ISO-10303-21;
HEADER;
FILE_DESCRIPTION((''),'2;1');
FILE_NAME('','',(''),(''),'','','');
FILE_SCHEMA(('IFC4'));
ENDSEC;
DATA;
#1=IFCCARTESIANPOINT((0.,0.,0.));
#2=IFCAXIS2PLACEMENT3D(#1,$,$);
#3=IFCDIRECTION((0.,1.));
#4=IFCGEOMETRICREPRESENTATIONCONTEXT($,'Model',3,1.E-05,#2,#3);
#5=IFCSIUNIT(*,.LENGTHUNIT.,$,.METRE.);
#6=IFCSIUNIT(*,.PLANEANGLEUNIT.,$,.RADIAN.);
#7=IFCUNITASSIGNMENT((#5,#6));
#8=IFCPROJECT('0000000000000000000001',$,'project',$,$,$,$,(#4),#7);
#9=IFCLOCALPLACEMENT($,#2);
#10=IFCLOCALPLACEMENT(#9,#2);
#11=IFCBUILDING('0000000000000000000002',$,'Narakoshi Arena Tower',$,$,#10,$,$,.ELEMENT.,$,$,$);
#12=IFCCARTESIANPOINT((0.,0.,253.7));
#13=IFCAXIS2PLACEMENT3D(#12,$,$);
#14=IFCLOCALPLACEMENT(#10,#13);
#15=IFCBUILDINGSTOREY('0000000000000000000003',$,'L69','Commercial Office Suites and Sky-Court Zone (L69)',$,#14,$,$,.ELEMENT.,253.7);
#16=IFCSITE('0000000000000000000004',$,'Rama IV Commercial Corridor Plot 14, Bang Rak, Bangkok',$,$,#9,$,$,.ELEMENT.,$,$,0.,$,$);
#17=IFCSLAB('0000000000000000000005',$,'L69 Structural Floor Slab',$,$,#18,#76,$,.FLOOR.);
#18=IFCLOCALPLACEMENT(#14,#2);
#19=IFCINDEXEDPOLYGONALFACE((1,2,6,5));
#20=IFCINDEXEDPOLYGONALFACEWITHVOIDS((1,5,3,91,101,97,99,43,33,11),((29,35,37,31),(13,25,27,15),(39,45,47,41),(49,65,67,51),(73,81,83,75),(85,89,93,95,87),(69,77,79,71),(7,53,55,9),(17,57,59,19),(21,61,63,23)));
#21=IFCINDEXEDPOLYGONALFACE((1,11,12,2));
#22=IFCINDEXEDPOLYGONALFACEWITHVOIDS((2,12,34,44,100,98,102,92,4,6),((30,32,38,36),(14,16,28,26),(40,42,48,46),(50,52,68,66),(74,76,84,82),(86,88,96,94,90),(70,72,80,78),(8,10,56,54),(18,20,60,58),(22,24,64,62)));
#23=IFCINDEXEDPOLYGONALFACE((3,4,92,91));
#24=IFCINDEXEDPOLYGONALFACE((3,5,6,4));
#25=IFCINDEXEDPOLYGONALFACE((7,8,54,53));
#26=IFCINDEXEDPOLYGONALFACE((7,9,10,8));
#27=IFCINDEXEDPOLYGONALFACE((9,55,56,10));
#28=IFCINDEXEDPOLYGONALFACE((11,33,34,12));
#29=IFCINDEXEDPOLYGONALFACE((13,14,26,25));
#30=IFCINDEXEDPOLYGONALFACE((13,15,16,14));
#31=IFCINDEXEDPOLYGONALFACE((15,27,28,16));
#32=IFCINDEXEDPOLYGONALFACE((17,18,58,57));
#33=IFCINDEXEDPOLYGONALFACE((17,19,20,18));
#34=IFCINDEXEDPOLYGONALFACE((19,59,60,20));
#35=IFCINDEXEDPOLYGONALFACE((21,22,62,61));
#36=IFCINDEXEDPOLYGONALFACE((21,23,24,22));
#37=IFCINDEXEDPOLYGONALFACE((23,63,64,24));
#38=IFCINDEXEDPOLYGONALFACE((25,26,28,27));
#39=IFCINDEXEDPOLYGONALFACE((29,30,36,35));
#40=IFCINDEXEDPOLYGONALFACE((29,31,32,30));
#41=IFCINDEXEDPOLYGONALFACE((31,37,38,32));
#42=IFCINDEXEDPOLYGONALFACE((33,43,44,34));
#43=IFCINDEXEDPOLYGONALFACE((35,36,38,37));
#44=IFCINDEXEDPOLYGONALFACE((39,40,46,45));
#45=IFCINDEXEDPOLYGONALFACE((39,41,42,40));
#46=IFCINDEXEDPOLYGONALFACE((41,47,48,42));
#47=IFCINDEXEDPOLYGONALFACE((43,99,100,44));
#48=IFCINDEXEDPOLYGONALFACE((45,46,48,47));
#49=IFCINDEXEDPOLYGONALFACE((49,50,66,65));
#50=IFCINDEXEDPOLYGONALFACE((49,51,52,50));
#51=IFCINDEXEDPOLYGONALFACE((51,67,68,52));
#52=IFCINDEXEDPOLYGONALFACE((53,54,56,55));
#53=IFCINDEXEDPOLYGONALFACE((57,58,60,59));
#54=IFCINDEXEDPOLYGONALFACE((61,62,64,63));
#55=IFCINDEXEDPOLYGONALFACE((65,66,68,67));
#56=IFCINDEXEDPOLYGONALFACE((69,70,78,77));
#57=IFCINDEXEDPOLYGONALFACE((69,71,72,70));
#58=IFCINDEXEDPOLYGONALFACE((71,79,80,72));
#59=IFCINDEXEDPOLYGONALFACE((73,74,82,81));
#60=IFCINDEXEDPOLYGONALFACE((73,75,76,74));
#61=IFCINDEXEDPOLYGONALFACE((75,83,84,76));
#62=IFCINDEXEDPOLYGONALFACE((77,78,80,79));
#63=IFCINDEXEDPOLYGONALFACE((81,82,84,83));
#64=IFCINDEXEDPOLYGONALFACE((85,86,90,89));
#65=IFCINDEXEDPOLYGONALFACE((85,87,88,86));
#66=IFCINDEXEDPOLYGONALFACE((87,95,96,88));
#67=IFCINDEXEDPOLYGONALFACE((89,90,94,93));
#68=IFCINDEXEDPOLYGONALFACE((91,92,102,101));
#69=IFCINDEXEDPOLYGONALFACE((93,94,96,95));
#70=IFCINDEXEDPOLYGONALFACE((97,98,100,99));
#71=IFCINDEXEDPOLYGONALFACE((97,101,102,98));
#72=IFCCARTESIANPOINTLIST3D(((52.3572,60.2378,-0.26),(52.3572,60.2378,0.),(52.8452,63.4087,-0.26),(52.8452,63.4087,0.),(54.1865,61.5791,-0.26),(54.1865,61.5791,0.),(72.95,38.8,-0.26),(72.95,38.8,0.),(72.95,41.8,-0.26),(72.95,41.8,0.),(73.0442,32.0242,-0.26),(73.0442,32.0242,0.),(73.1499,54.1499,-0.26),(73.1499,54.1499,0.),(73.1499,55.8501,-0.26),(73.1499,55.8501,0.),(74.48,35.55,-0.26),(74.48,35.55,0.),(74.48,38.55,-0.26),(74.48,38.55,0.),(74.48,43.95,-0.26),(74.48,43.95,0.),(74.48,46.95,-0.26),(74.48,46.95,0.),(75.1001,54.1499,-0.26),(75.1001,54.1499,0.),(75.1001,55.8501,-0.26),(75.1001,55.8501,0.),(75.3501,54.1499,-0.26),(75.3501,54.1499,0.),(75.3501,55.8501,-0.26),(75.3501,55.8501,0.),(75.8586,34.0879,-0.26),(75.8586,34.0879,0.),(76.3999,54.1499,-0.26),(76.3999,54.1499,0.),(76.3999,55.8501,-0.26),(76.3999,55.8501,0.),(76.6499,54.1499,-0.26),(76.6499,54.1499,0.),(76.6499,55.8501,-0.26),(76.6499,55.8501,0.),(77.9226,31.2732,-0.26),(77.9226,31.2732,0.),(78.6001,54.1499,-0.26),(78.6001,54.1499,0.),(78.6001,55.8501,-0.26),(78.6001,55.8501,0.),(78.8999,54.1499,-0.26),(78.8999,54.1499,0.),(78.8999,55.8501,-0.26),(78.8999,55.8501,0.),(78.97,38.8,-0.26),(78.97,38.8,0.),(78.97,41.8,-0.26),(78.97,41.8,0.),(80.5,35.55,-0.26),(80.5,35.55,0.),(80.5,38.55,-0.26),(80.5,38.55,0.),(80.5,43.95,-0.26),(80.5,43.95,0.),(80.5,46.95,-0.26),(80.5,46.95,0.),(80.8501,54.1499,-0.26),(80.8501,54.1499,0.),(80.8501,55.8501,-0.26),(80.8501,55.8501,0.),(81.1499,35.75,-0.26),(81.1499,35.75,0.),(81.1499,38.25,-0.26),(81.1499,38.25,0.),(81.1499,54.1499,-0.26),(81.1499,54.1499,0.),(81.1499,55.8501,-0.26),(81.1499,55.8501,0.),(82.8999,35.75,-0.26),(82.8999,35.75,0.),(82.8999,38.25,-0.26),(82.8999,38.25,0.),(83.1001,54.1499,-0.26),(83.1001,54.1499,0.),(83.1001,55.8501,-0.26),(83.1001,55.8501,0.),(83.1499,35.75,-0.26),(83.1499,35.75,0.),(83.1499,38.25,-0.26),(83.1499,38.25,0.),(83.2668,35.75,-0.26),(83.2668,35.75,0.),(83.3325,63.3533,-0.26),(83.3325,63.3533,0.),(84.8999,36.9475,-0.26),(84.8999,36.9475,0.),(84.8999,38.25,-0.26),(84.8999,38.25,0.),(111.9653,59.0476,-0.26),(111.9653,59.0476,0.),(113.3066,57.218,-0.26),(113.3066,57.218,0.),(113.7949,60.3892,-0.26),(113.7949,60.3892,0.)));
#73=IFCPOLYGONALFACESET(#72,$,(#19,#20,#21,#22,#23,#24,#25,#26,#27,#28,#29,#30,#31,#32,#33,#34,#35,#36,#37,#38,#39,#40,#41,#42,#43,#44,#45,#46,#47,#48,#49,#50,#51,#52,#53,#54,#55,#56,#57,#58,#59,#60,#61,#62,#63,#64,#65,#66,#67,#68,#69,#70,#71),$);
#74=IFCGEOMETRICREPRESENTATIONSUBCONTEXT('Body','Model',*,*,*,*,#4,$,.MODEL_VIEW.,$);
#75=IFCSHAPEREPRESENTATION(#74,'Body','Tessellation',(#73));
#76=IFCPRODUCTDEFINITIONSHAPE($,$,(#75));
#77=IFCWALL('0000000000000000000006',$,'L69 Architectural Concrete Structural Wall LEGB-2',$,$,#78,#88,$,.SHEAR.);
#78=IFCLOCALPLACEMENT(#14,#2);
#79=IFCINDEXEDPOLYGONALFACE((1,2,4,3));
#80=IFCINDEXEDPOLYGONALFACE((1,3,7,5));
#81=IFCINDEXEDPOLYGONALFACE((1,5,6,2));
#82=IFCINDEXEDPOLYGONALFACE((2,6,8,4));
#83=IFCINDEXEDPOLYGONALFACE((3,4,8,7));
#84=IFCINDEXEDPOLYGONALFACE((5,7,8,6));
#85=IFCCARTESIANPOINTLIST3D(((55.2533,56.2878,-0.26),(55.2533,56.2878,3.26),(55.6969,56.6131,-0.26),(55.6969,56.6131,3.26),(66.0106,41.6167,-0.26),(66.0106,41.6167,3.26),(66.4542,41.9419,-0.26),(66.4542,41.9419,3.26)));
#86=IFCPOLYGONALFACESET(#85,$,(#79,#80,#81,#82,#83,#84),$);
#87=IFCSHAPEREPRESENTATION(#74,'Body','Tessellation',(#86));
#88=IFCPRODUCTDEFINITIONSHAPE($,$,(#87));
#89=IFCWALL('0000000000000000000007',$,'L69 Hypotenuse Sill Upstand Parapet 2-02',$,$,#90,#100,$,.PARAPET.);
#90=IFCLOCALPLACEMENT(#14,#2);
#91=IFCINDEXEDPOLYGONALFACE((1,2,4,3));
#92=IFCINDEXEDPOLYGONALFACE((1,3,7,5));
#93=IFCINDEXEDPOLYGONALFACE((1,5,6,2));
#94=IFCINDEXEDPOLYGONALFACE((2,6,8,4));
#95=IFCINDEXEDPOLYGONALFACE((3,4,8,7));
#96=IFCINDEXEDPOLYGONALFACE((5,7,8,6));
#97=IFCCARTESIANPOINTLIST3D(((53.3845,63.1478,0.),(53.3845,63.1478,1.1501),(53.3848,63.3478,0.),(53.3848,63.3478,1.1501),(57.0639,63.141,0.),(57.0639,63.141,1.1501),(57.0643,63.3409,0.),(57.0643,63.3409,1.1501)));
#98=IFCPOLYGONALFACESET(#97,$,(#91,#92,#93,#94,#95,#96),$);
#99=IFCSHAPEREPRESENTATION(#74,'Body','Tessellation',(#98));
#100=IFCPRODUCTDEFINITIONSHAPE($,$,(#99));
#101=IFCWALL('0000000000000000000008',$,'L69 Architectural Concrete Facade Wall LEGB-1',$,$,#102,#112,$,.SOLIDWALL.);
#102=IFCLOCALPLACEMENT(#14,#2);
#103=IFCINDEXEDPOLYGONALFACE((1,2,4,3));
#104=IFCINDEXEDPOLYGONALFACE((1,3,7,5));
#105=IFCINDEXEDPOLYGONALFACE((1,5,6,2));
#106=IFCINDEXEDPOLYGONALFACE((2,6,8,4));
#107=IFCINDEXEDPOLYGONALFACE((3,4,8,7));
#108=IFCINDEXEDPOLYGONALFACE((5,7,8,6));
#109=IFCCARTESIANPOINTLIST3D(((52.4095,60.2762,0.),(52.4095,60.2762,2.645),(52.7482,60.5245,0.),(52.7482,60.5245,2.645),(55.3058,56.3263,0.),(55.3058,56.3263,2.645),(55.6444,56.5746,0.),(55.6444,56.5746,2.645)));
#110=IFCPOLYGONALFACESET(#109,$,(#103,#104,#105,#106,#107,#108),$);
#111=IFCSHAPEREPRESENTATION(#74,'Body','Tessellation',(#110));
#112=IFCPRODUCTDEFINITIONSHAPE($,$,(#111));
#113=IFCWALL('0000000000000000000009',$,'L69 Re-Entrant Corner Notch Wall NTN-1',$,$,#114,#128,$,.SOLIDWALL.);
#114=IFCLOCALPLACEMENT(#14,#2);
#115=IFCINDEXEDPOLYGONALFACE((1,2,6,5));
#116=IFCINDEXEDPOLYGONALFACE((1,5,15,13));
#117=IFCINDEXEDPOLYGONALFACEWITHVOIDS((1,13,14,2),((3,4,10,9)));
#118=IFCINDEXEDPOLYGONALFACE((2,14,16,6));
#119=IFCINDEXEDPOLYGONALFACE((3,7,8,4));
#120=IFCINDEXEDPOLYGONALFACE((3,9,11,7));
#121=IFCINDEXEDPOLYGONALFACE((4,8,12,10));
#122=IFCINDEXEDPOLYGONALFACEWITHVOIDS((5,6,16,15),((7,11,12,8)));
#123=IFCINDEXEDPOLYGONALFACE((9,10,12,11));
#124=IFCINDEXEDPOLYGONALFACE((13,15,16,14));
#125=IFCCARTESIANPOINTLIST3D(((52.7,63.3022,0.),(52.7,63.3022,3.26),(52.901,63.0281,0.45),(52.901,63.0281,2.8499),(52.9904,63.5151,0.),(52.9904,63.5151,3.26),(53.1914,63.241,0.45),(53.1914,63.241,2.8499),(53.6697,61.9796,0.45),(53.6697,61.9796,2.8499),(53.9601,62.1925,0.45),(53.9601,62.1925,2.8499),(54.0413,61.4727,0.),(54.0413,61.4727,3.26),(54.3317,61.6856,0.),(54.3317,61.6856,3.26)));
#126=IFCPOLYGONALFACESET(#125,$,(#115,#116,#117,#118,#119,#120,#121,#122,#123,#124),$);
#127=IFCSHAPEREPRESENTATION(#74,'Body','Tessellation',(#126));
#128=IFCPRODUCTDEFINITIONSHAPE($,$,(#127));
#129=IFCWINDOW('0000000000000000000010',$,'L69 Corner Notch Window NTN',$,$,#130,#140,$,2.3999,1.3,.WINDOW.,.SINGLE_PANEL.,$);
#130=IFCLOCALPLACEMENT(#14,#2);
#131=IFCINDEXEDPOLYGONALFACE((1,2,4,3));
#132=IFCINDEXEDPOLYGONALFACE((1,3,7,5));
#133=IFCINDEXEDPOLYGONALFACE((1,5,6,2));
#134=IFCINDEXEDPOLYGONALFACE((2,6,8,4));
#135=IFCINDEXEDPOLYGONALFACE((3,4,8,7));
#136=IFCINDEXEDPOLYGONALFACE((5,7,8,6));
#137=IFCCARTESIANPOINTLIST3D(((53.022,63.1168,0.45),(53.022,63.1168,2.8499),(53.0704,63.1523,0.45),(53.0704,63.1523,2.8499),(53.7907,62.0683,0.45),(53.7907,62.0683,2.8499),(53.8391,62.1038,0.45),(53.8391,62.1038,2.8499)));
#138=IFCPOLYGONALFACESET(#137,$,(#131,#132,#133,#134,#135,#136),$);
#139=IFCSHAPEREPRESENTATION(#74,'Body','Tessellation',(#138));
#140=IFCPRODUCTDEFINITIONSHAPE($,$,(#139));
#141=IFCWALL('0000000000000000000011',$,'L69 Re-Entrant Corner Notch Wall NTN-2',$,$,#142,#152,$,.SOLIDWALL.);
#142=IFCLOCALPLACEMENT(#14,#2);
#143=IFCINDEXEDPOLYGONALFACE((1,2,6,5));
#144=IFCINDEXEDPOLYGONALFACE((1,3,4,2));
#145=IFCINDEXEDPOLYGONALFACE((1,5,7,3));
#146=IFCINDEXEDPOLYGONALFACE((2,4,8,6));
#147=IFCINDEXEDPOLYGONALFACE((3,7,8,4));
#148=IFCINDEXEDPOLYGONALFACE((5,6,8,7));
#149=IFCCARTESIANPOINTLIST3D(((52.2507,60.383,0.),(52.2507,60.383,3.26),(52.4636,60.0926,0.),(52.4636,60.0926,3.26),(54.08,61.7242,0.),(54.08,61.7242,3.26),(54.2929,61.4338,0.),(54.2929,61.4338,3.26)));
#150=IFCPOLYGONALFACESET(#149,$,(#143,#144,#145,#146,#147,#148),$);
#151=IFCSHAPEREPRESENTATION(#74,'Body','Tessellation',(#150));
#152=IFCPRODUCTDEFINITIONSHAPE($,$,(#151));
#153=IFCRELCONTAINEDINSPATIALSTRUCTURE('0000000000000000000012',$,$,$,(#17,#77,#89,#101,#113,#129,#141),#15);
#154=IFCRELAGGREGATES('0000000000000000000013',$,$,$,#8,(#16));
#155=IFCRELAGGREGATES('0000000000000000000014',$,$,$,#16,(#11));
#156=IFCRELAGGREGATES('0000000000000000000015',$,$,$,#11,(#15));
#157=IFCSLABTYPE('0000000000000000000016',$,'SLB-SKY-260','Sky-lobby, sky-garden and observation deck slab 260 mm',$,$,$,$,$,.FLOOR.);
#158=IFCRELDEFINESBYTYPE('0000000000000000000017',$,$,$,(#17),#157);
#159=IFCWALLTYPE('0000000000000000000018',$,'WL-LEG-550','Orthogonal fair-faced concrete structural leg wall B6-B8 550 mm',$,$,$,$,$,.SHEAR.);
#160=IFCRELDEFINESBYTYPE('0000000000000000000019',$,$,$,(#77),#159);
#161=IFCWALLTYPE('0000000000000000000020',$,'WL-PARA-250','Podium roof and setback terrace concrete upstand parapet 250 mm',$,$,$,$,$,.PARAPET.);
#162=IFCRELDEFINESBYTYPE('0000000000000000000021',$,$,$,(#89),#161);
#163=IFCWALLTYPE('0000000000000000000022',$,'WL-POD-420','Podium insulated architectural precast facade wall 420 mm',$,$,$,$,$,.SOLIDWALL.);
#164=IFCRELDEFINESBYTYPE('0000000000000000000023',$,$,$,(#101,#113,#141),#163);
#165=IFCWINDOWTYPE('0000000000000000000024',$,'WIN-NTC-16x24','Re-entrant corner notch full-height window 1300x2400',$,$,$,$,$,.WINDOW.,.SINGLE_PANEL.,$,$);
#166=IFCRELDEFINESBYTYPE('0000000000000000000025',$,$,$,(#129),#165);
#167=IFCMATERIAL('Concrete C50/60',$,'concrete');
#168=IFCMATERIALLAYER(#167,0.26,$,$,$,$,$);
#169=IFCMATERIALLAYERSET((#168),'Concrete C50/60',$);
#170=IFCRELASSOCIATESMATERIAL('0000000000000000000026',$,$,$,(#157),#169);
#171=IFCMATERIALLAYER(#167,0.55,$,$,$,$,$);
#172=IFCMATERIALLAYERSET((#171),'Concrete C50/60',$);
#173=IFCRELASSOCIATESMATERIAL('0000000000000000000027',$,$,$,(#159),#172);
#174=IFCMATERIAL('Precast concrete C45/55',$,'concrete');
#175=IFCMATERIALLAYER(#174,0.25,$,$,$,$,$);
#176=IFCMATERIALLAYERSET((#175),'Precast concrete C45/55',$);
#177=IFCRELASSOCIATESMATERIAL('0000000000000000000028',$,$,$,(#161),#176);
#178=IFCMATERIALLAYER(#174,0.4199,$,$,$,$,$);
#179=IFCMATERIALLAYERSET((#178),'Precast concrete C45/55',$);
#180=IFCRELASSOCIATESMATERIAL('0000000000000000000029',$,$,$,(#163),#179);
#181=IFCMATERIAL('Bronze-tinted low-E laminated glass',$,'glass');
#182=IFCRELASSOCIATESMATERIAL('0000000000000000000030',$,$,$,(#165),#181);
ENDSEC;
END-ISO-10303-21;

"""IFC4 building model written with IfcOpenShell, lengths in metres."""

from ifc_helpers import new_model, si_unit, direction, frame, frame_2d, origin, place, context, subcontext, project, spatial, polyline, rectangle, outline, extrude, material, layer, layer_set, type_object, element, fill, save


model = new_model("IFC4")

# Units and contexts
model_context = context("Model", 3, precision=1e-05, world=origin(), true_north=direction((0.0, 1.0)))
body_context = subcontext(model_context, "Body", "Model", "MODEL_VIEW")
ifc_project = project(units=[si_unit("LENGTHUNIT", "METRE"), si_unit("PLANEANGLEUNIT", "RADIAN")], contexts=[model_context])

# Site, building, storey
site_placement = place(None, origin())
site = spatial("IfcSite", under=ifc_project, at=site_placement, Name="Rama IV Commercial Corridor Plot 14, Bang Rak, Bangkok", CompositionType="ELEMENT", RefElevation=0.0)
building_placement = place(site_placement, origin())
building = spatial("IfcBuilding", under=site, at=building_placement, Name="Narakoshi Arena Tower", CompositionType="ELEMENT")
storey_placement = place(building_placement, frame((0.0, 0.0, 253.7)))
storey = spatial("IfcBuildingStorey", under=building, at=storey_placement, Name="L69", Description="Commercial Office Suites and Sky-Court Zone (L69)", CompositionType="ELEMENT", Elevation=253.7)

# Shared definitions
ifc_material_1 = material(Name="Concrete C50/60", Category="concrete")

# Shared definitions
ifc_material_2 = material(Name="Bronze-tinted low-E laminated glass", Category="glass")

# Slab
ifc_layer_1 = layer(ifc_material_1, 0.26)
ifc_layer_set_1 = layer_set([ifc_layer_1], Name="Concrete C50/60")
slab_type_1 = type_object("IfcSlabType", Name="SLB-SKY-260", Description="Sky-lobby, sky-garden and observation deck slab 260 mm", PredefinedType="FLOOR", material=ifc_layer_set_1)
slab_1_placement = place(storey_placement, frame((0.0, 0.0, -0.26)))
element("IfcSlab", 1, at=slab_1_placement, inside=storey, type_object=slab_type_1, Name="L69 Structural Floor Slab", PredefinedType="FLOOR", context=body_context, shape_type="SweptSolid", body=[
    extrude(outline(polyline([(77.9226, 31.2732), (113.3066, 57.218), (111.9653, 59.0476), (113.7949, 60.3892), (83.3325, 63.3533), (52.8452, 63.4087), (54.1865, 61.5791), (52.3572, 60.2378), (73.0442, 32.0242), (75.8586, 34.0879), (77.9226, 31.2732)]), holes=[polyline([(80.5, 35.55), (74.48, 35.55), (74.48, 38.55), (80.5, 38.55), (80.5, 35.55)]), polyline([(82.8999, 35.75), (81.1499, 35.75), (81.1499, 38.25), (82.8999, 38.25), (82.8999, 35.75)]), polyline([(84.8999, 36.9475), (83.2668, 35.75), (83.1499, 35.75), (83.1499, 38.25), (84.8999, 38.25), (84.8999, 36.9475)]), polyline([(72.95, 38.8), (72.95, 41.8), (78.97, 41.8), (78.97, 38.8), (72.95, 38.8)]), polyline([(74.48, 43.95), (74.48, 46.95), (80.5, 46.95), (80.5, 43.95), (74.48, 43.95)]), polyline([(75.1001, 54.1499), (73.1499, 54.1499), (73.1499, 55.8501), (75.1001, 55.8501), (75.1001, 54.1499)]), polyline([(76.3999, 54.1499), (75.3501, 54.1499), (75.3501, 55.8501), (76.3999, 55.8501), (76.3999, 54.1499)]), polyline([(78.6001, 54.1499), (76.6499, 54.1499), (76.6499, 55.8501), (78.6001, 55.8501), (78.6001, 54.1499)]), polyline([(78.8999, 54.1499), (78.8999, 55.8501), (80.8501, 55.8501), (80.8501, 54.1499), (78.8999, 54.1499)]), polyline([(81.1499, 54.1499), (81.1499, 55.8501), (83.1001, 55.8501), (83.1001, 54.1499), (81.1499, 54.1499)])]), origin(), (0.0, 0.0, 1.0), 0.26),
])

# Walls
ifc_layer_2 = layer(ifc_material_1, 0.55)
ifc_layer_set_2 = layer_set([ifc_layer_2], Name="Concrete C50/60")
wall_type_1 = type_object("IfcWallType", Name="WL-LEG-550", Description="Orthogonal fair-faced concrete structural leg wall B6-B8 550 mm", PredefinedType="SHEAR", material=ifc_layer_set_2)
wall_1_placement = place(storey_placement, frame((55.4751, 56.4504, -0.26), z_axis=(0.0, 0.0, 1.0), x_axis=(0.59131, -0.806445, 0.0)))
element("IfcWall", 2, at=wall_1_placement, inside=storey, type_object=wall_type_1, Name="L69 Architectural Concrete Structural Wall LEGB-2", PredefinedType="SHEAR", context=body_context, shape_type="SweptSolid", body=[
    extrude(rectangle(XDim=18.1924, YDim=0.55, at=frame_2d((9.0962, 0.0))), origin(), (0.0, 0.0, 1.0), 3.52),
])
ifc_material_3 = material(Name="Precast concrete C45/55", Category="concrete")
ifc_layer_3 = layer(ifc_material_3, 0.25)
ifc_layer_set_3 = layer_set([ifc_layer_3], Name="Precast concrete C45/55")
wall_type_2 = type_object("IfcWallType", Name="WL-PARA-250", Description="Podium roof and setback terrace concrete upstand parapet 250 mm", PredefinedType="PARAPET", material=ifc_layer_set_3)
wall_2_placement = place(storey_placement, frame((57.0642, 63.241, 0.0), z_axis=(0.0, 0.0, 1.0), x_axis=(-0.999998, 0.001858, 0.0)))
element("IfcWall", 3, at=wall_2_placement, inside=storey, type_object=wall_type_2, Name="L69 Hypotenuse Sill Upstand Parapet 2-02", PredefinedType="PARAPET", context=body_context, shape_type="SweptSolid", body=[
    extrude(rectangle(XDim=3.6794, YDim=0.2, at=frame_2d((1.8398, 0.0))), origin(), (0.0, 0.0, 1.0), 1.1501),
])
ifc_layer_4 = layer(ifc_material_3, 0.4199)
ifc_layer_set_4 = layer_set([ifc_layer_4], Name="Precast concrete C45/55")
wall_type_3 = type_object("IfcWallType", Name="WL-POD-420", Description="Podium insulated architectural precast facade wall 420 mm", PredefinedType="SOLIDWALL", material=ifc_layer_set_4)
wall_3_placement = place(storey_placement, frame((52.5789, 60.4004, 0.0), z_axis=(0.0, 0.0, 1.0), x_axis=(0.591312, -0.806443, 0.0)))
element("IfcWall", 4, at=wall_3_placement, inside=storey, type_object=wall_type_3, Name="L69 Architectural Concrete Facade Wall LEGB-1", PredefinedType="SOLIDWALL", context=body_context, shape_type="SweptSolid", body=[
    extrude(rectangle(XDim=4.8979, YDim=0.4199, at=frame_2d((2.449, 0.0))), origin(), (0.0, 0.0, 1.0), 2.645),
])

# Wall, opening, window
wall_4_placement = place(storey_placement, frame((52.8452, 63.4087, 0.0), z_axis=(0.0, 0.0, 1.0), x_axis=(0.591252, -0.806487, 0.0)))
wall_4 = element("IfcWall", 5, at=wall_4_placement, inside=storey, type_object=wall_type_3, Name="L69 Re-Entrant Corner Notch Wall NTN-1", PredefinedType="SOLIDWALL", context=body_context, shape_type="SweptSolid", body=[
    extrude(rectangle(XDim=2.2686, YDim=0.3601, at=frame_2d((1.1343, 0.0))), origin(), (0.0, 0.0, 1.0), 3.26),
])
opening_placement = place(wall_4_placement, frame((0.3401, 0.0, 0.45)))
opening = element("IfcOpeningElement", 6, at=opening_placement, cuts=wall_4, PredefinedType="OPENING", context=body_context, shape_type="SweptSolid", body=[
    extrude(rectangle(XDim=1.3, YDim=2.3999, at=frame_2d((0.6499, 1.2))), frame((0.0, 0.1899, 0.0), z_axis=(0.0, -1.0, 0.0), x_axis=(1.0, 0.0, 0.0)), (0.0, 0.0, 1.0), 0.3801),
])
window_type = type_object("IfcWindowType", Name="WIN-NTC-16x24", Description="Re-entrant corner notch full-height window 1300x2400", PartitioningType="SINGLE_PANEL", PredefinedType="WINDOW", material=ifc_material_2)
window_placement = place(opening_placement, origin())
window = element("IfcWindow", 7, at=window_placement, inside=storey, type_object=window_type, Name="L69 Corner Notch Window NTN", OverallHeight=2.3999, OverallWidth=1.3, PartitioningType="SINGLE_PANEL", PredefinedType="WINDOW", context=body_context, shape_type="SweptSolid", body=[
    extrude(rectangle(XDim=1.3, YDim=2.3999, at=frame_2d((0.6499, 1.2))), frame((0.0, 0.03, 0.0), z_axis=(0.0, -1.0, 0.0), x_axis=(1.0, 0.0, 0.0)), (0.0, 0.0, 1.0), 0.0601),
])
fill(opening, window)

# Wall
wall_5_placement = place(storey_placement, frame((54.1865, 61.5791, 0.0), z_axis=(0.0, 0.0, 1.0), x_axis=(-0.806449, -0.591303, 0.0)))
element("IfcWall", 8, at=wall_5_placement, inside=storey, type_object=wall_type_3, Name="L69 Re-Entrant Corner Notch Wall NTN-2", PredefinedType="SOLIDWALL", context=body_context, shape_type="SweptSolid", body=[
    extrude(rectangle(XDim=2.2683, YDim=0.3601, at=frame_2d((1.1343, 0.0))), origin(), (0.0, 0.0, 1.0), 3.26),
])

save(model, "model.ifc")
